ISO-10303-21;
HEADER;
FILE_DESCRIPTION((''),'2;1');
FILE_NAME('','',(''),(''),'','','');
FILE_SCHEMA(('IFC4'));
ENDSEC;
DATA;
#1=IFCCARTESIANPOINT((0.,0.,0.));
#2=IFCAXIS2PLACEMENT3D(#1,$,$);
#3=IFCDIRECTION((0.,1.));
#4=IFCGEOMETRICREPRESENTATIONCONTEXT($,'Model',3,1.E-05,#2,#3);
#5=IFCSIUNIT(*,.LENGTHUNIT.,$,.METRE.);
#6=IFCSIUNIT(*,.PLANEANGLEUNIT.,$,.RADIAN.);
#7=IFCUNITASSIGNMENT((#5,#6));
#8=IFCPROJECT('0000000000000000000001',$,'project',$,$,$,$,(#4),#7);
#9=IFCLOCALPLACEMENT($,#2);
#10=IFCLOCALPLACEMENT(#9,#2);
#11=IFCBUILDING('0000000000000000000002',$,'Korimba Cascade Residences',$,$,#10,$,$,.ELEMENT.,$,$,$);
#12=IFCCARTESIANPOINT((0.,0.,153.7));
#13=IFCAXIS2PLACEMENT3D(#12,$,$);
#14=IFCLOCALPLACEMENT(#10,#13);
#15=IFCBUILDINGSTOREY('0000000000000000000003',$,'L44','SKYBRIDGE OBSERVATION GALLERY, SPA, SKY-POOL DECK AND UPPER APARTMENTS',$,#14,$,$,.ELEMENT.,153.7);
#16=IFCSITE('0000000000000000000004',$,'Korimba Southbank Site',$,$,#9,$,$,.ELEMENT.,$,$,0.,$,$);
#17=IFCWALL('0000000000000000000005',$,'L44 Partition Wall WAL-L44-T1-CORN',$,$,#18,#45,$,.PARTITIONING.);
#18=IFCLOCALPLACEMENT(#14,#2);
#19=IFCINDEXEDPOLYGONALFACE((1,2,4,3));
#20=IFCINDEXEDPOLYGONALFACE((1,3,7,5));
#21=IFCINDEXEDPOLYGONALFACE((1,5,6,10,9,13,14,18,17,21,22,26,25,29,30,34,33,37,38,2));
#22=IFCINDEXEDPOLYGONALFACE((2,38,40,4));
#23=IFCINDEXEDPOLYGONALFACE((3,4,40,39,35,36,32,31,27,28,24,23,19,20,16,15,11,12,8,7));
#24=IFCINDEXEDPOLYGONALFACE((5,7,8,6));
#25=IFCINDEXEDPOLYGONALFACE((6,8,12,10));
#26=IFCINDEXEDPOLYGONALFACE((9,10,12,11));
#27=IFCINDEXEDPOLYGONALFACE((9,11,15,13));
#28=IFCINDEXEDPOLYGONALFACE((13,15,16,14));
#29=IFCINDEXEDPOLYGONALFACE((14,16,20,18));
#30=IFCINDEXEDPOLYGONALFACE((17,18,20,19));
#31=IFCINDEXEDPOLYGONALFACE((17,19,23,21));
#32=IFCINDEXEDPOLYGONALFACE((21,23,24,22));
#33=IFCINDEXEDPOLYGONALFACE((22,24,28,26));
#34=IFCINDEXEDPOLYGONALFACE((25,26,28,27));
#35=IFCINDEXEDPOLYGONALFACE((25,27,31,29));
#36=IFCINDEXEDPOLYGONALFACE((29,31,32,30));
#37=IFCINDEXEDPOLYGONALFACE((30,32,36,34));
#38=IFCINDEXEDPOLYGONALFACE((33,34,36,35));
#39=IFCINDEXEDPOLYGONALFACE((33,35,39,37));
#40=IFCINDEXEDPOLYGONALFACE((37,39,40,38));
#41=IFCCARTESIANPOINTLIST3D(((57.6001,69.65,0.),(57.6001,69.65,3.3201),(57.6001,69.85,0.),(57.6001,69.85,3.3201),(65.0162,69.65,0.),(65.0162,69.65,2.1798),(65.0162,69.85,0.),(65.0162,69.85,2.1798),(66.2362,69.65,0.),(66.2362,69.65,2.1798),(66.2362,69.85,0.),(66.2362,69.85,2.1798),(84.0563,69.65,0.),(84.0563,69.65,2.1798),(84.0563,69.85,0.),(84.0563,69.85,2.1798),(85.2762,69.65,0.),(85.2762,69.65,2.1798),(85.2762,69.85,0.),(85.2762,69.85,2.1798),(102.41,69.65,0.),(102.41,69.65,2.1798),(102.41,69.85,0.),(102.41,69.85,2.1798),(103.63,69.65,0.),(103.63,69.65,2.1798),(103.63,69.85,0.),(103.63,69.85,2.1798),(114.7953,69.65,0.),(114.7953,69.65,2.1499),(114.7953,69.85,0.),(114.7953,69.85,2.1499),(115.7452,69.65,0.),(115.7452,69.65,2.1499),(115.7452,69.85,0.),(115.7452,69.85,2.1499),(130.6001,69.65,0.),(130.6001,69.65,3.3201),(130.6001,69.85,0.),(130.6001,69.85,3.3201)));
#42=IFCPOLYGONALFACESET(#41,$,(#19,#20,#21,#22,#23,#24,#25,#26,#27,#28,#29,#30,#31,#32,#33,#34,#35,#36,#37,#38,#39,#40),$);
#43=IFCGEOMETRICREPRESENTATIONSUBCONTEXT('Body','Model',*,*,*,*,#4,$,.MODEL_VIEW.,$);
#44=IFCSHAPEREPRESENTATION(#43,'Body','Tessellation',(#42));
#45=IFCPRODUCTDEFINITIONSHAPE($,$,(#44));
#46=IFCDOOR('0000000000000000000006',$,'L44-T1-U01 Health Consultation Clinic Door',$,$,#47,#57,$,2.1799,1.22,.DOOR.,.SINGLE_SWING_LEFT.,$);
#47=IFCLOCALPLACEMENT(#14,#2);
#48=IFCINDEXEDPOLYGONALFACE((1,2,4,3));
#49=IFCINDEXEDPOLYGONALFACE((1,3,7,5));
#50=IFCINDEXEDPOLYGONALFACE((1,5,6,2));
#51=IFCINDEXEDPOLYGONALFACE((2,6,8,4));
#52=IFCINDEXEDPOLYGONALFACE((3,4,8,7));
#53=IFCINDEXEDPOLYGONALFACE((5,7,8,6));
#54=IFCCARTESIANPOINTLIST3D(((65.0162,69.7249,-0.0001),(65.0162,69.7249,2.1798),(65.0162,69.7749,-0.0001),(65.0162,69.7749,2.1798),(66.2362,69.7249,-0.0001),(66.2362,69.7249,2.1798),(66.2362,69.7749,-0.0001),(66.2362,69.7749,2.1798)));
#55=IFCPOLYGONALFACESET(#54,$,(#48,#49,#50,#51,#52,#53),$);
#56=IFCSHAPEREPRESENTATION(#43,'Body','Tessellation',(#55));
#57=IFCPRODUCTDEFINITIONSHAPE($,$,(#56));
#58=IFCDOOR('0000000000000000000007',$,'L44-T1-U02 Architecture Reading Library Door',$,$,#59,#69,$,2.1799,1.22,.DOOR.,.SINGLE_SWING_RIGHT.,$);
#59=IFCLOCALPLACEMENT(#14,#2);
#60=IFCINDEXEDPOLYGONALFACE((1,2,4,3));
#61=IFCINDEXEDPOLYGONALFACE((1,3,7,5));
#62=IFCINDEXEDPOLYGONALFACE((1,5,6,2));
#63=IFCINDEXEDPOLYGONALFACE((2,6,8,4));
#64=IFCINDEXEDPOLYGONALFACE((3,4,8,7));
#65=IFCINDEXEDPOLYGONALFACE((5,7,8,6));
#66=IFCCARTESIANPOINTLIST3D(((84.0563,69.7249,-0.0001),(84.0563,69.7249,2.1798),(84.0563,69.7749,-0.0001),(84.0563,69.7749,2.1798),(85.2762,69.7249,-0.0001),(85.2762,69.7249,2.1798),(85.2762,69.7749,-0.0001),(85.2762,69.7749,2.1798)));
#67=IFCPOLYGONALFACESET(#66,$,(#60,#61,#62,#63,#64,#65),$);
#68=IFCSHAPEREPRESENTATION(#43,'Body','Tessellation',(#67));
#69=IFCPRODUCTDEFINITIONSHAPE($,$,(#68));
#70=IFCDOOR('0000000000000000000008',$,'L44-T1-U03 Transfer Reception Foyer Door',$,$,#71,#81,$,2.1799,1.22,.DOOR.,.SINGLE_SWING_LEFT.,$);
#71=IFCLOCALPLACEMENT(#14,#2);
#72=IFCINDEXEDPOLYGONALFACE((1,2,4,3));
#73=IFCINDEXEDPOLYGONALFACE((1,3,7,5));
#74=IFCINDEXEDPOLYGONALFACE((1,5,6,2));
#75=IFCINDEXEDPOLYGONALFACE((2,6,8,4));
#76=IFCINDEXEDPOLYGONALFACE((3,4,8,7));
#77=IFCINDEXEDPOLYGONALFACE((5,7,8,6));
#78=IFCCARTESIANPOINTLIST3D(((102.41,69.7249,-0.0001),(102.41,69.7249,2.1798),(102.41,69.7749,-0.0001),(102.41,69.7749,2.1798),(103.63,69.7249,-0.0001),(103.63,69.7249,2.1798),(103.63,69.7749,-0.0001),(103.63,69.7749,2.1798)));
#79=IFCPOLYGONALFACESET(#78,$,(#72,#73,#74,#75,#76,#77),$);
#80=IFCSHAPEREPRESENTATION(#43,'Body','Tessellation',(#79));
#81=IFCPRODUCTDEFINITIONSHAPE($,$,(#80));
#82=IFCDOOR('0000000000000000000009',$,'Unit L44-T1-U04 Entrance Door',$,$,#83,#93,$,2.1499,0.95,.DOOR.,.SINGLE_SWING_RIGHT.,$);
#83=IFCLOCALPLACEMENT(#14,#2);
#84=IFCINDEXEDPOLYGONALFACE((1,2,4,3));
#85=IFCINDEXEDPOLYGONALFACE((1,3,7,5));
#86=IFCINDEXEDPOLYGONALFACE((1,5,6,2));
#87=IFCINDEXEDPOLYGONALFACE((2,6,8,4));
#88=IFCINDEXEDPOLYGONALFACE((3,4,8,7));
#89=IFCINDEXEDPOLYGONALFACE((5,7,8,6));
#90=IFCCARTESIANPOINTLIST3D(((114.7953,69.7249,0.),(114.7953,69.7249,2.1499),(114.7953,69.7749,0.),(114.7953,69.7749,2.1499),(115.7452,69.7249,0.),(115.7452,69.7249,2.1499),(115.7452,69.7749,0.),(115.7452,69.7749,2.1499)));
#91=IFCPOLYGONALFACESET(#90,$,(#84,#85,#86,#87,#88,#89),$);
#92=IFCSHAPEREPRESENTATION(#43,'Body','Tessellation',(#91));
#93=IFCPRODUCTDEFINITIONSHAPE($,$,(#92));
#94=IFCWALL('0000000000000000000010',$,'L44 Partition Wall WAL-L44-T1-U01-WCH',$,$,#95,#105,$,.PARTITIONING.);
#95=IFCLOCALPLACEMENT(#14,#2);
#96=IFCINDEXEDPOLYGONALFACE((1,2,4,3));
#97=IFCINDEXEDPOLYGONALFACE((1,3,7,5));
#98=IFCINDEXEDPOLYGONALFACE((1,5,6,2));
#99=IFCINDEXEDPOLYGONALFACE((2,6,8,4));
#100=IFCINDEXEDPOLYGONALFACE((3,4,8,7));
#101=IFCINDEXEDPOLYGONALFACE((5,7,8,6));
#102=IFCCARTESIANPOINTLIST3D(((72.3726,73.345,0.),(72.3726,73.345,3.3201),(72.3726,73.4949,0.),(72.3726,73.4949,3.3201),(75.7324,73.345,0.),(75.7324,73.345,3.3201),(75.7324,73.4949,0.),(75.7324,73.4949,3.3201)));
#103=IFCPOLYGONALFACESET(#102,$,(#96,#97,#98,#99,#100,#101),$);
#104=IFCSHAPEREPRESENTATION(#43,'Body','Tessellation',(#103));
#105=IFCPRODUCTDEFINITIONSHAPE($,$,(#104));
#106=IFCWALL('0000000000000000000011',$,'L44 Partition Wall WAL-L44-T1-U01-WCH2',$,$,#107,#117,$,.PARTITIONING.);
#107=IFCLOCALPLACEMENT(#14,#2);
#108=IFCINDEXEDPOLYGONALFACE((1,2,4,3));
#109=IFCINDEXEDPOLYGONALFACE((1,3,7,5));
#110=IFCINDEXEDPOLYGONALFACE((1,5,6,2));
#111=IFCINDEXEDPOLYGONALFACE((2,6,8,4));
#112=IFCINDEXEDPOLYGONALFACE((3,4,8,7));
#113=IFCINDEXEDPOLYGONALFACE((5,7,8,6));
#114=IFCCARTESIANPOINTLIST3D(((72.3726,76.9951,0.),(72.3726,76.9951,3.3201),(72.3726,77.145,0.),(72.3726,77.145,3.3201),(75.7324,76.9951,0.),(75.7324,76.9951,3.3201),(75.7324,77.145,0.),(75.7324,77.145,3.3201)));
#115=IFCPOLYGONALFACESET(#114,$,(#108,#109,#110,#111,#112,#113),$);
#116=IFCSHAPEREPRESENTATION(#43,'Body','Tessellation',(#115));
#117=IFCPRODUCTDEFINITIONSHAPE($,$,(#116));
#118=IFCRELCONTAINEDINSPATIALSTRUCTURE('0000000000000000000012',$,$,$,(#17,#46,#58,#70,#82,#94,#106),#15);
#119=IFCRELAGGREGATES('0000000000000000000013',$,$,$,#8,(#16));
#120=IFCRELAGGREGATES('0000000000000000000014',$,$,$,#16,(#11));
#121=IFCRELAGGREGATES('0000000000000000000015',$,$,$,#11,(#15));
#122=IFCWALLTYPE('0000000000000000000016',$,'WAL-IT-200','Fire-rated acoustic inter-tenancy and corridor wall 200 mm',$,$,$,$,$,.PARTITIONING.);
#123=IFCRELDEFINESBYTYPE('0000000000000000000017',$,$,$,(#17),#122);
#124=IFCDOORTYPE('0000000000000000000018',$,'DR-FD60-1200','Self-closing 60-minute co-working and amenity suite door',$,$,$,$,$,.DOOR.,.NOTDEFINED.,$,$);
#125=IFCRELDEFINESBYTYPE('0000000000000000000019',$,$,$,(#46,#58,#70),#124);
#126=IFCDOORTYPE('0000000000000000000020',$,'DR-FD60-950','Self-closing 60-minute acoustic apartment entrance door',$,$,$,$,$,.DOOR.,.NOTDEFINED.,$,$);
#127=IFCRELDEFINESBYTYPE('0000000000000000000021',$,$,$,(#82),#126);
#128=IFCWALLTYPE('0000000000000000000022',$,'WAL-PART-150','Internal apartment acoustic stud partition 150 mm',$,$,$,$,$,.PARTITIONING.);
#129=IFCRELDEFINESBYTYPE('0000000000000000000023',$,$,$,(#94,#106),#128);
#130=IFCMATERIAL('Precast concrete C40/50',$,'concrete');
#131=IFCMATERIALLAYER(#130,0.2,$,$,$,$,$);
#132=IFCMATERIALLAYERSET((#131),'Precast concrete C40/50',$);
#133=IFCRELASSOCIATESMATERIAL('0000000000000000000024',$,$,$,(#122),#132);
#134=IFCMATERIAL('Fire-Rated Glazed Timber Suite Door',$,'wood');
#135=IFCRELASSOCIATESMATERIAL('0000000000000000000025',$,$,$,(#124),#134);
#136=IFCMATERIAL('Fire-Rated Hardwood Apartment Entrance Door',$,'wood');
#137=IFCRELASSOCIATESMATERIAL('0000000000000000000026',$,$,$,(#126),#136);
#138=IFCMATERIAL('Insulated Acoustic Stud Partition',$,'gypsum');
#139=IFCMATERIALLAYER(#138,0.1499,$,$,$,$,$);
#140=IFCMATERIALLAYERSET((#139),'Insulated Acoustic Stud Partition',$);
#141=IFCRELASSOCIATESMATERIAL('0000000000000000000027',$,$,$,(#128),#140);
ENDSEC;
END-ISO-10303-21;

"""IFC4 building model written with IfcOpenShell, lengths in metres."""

from ifc_helpers import new_model, si_unit, direction, frame, frame_2d, origin, place, context, subcontext, project, spatial, rectangle, extrude, material, layer, layer_set, type_object, element, fill, save


model = new_model("IFC4")

# Units and contexts
model_context = context("Model", 3, precision=1e-05, world=origin(), true_north=direction((0.0, 1.0)))
body_context = subcontext(model_context, "Body", "Model", "MODEL_VIEW")
ifc_project = project(units=[si_unit("LENGTHUNIT", "METRE"), si_unit("PLANEANGLEUNIT", "RADIAN")], contexts=[model_context])

# Site, building, storey
site_placement = place(None, origin())
site = spatial("IfcSite", under=ifc_project, at=site_placement, Name="Korimba Southbank Site", CompositionType="ELEMENT", RefElevation=0.0)
building_placement = place(site_placement, origin())
building = spatial("IfcBuilding", under=site, at=building_placement, Name="Korimba Cascade Residences", CompositionType="ELEMENT")
storey_placement = place(building_placement, frame((0.0, 0.0, 153.7)))
storey = spatial("IfcBuildingStorey", under=building, at=storey_placement, Name="L44", Description="SKYBRIDGE OBSERVATION GALLERY, SPA, SKY-POOL DECK AND UPPER APARTMENTS", CompositionType="ELEMENT", Elevation=153.7)

# Shared definitions
ifc_material_1 = material(Name="Precast concrete C40/50", Category="concrete")
ifc_layer_1 = layer(ifc_material_1, 0.2)
ifc_layer_set_1 = layer_set([ifc_layer_1], Name="Precast concrete C40/50")
wall_type_1 = type_object("IfcWallType", Name="WAL-IT-200", Description="Fire-rated acoustic inter-tenancy and corridor wall 200 mm", PredefinedType="PARTITIONING", material=ifc_layer_set_1)

# Wall, openings, doors
wall_1_placement = place(storey_placement, frame((57.6001, 69.75, 0.0), z_axis=(0.0, 0.0, 1.0), x_axis=(1.0, 0.0, 0.0)))
wall_1 = element("IfcWall", 1, at=wall_1_placement, inside=storey, type_object=wall_type_1, Name="L44 Partition Wall WAL-L44-T1-CORN", PredefinedType="PARTITIONING", context=body_context, shape_type="SweptSolid", body=[
    extrude(rectangle(XDim=73.0, YDim=0.2, at=frame_2d((36.5, 0.0))), origin(), (0.0, 0.0, 1.0), 3.3201),
])
opening_1_placement = place(wall_1_placement, frame((7.4163, 0.0, 0.0)))
opening_1 = element("IfcOpeningElement", 2, at=opening_1_placement, cuts=wall_1, PredefinedType="OPENING", context=body_context, shape_type="SweptSolid", body=[
    extrude(rectangle(XDim=1.22, YDim=2.1799, at=frame_2d((0.6099, 1.0898))), frame((0.0, 0.1099, 0.0), z_axis=(0.0, -1.0, 0.0), x_axis=(1.0, 0.0, 0.0)), (0.0, 0.0, 1.0), 0.22),
])
opening_2_placement = place(wall_1_placement, frame((26.4563, 0.0, 0.0)))
opening_2 = element("IfcOpeningElement", 3, at=opening_2_placement, cuts=wall_1, PredefinedType="OPENING", context=body_context, shape_type="SweptSolid", body=[
    extrude(rectangle(XDim=1.22, YDim=2.1799, at=frame_2d((0.6099, 1.0898))), frame((0.0, 0.1099, 0.0), z_axis=(0.0, -1.0, 0.0), x_axis=(1.0, 0.0, 0.0)), (0.0, 0.0, 1.0), 0.22),
])
opening_3_placement = place(wall_1_placement, frame((44.8101, 0.0, 0.0)))
opening_3 = element("IfcOpeningElement", 4, at=opening_3_placement, cuts=wall_1, PredefinedType="OPENING", context=body_context, shape_type="SweptSolid", body=[
    extrude(rectangle(XDim=1.22, YDim=2.1799, at=frame_2d((0.6099, 1.0898))), frame((0.0, 0.1099, 0.0), z_axis=(0.0, -1.0, 0.0), x_axis=(1.0, 0.0, 0.0)), (0.0, 0.0, 1.0), 0.22),
])
opening_4_placement = place(wall_1_placement, frame((57.1951, 0.0, 0.0)))
opening_4 = element("IfcOpeningElement", 5, at=opening_4_placement, cuts=wall_1, PredefinedType="OPENING", context=body_context, shape_type="SweptSolid", body=[
    extrude(rectangle(XDim=0.95, YDim=2.1499, at=frame_2d((0.4751, 1.075))), frame((0.0, 0.1099, 0.0), z_axis=(0.0, -1.0, 0.0), x_axis=(1.0, 0.0, 0.0)), (0.0, 0.0, 1.0), 0.22),
])
ifc_material_2 = material(Name="Fire-Rated Glazed Timber Suite Door", Category="wood")
door_type_1 = type_object("IfcDoorType", Name="DR-FD60-1200", Description="Self-closing 60-minute co-working and amenity suite door", OperationType="NOTDEFINED", PredefinedType="DOOR", material=ifc_material_2)
door_1_placement = place(opening_1_placement, origin())
door_1 = element("IfcDoor", 6, at=door_1_placement, inside=storey, type_object=door_type_1, Name="L44-T1-U01 Health Consultation Clinic Door", OperationType="SINGLE_SWING_LEFT", OverallHeight=2.1799, OverallWidth=1.22, PredefinedType="DOOR", context=body_context, shape_type="SweptSolid", body=[
    extrude(rectangle(XDim=1.22, YDim=2.1799, at=frame_2d((0.6099, 1.0898))), frame((0.0, 0.0249, 0.0), z_axis=(0.0, -1.0, 0.0), x_axis=(1.0, 0.0, 0.0)), (0.0, 0.0, 1.0), 0.05),
])
fill(opening_1, door_1)
door_2_placement = place(opening_2_placement, origin())
door_2 = element("IfcDoor", 7, at=door_2_placement, inside=storey, type_object=door_type_1, Name="L44-T1-U02 Architecture Reading Library Door", OperationType="SINGLE_SWING_RIGHT", OverallHeight=2.1799, OverallWidth=1.22, PredefinedType="DOOR", context=body_context, shape_type="SweptSolid", body=[
    extrude(rectangle(XDim=1.22, YDim=2.1799, at=frame_2d((0.6099, 1.0898))), frame((0.0, 0.0249, 0.0), z_axis=(0.0, -1.0, 0.0), x_axis=(1.0, 0.0, 0.0)), (0.0, 0.0, 1.0), 0.05),
])
fill(opening_2, door_2)
door_3_placement = place(opening_3_placement, origin())
door_3 = element("IfcDoor", 8, at=door_3_placement, inside=storey, type_object=door_type_1, Name="L44-T1-U03 Transfer Reception Foyer Door", OperationType="SINGLE_SWING_LEFT", OverallHeight=2.1799, OverallWidth=1.22, PredefinedType="DOOR", context=body_context, shape_type="SweptSolid", body=[
    extrude(rectangle(XDim=1.22, YDim=2.1799, at=frame_2d((0.6099, 1.0898))), frame((0.0, 0.0249, 0.0), z_axis=(0.0, -1.0, 0.0), x_axis=(1.0, 0.0, 0.0)), (0.0, 0.0, 1.0), 0.05),
])
fill(opening_3, door_3)
ifc_material_3 = material(Name="Fire-Rated Hardwood Apartment Entrance Door", Category="wood")
door_type_2 = type_object("IfcDoorType", Name="DR-FD60-950", Description="Self-closing 60-minute acoustic apartment entrance door", OperationType="NOTDEFINED", PredefinedType="DOOR", material=ifc_material_3)
door_4_placement = place(opening_4_placement, origin())
door_4 = element("IfcDoor", 9, at=door_4_placement, inside=storey, type_object=door_type_2, Name="Unit L44-T1-U04 Entrance Door", OperationType="SINGLE_SWING_RIGHT", OverallHeight=2.1499, OverallWidth=0.95, PredefinedType="DOOR", context=body_context, shape_type="SweptSolid", body=[
    extrude(rectangle(XDim=0.95, YDim=2.1499, at=frame_2d((0.4751, 1.075))), frame((0.0, 0.0249, 0.0), z_axis=(0.0, -1.0, 0.0), x_axis=(1.0, 0.0, 0.0)), (0.0, 0.0, 1.0), 0.05),
])
fill(opening_4, door_4)

# Walls
ifc_material_4 = material(Name="Insulated Acoustic Stud Partition", Category="gypsum")
ifc_layer_2 = layer(ifc_material_4, 0.1499)
ifc_layer_set_2 = layer_set([ifc_layer_2], Name="Insulated Acoustic Stud Partition")
wall_type_2 = type_object("IfcWallType", Name="WAL-PART-150", Description="Internal apartment acoustic stud partition 150 mm", PredefinedType="PARTITIONING", material=ifc_layer_set_2)
for number, where, z_axis, x_axis, name in (
    (10, (72.3726, 73.4199, 0.0), (0.0, 0.0, 1.0), (1.0, 0.0, 0.0), "L44 Partition Wall WAL-L44-T1-U01-WCH"),
    (11, (72.3726, 77.0701, 0.0), (0.0, 0.0, 1.0), (1.0, 0.0, 0.0), "L44 Partition Wall WAL-L44-T1-U01-WCH2"),
):
    element("IfcWall", number, at=place(storey_placement, frame(where, z_axis=z_axis, x_axis=x_axis)), inside=storey, type_object=wall_type_2, Name=name, PredefinedType="PARTITIONING", context=body_context, shape_type="SweptSolid", body=[
        extrude(rectangle(XDim=3.3599, YDim=0.1499, at=frame_2d((1.6799, 0.0))), origin(), (0.0, 0.0, 1.0), 3.3201),
    ])

save(model, "model.ifc")
